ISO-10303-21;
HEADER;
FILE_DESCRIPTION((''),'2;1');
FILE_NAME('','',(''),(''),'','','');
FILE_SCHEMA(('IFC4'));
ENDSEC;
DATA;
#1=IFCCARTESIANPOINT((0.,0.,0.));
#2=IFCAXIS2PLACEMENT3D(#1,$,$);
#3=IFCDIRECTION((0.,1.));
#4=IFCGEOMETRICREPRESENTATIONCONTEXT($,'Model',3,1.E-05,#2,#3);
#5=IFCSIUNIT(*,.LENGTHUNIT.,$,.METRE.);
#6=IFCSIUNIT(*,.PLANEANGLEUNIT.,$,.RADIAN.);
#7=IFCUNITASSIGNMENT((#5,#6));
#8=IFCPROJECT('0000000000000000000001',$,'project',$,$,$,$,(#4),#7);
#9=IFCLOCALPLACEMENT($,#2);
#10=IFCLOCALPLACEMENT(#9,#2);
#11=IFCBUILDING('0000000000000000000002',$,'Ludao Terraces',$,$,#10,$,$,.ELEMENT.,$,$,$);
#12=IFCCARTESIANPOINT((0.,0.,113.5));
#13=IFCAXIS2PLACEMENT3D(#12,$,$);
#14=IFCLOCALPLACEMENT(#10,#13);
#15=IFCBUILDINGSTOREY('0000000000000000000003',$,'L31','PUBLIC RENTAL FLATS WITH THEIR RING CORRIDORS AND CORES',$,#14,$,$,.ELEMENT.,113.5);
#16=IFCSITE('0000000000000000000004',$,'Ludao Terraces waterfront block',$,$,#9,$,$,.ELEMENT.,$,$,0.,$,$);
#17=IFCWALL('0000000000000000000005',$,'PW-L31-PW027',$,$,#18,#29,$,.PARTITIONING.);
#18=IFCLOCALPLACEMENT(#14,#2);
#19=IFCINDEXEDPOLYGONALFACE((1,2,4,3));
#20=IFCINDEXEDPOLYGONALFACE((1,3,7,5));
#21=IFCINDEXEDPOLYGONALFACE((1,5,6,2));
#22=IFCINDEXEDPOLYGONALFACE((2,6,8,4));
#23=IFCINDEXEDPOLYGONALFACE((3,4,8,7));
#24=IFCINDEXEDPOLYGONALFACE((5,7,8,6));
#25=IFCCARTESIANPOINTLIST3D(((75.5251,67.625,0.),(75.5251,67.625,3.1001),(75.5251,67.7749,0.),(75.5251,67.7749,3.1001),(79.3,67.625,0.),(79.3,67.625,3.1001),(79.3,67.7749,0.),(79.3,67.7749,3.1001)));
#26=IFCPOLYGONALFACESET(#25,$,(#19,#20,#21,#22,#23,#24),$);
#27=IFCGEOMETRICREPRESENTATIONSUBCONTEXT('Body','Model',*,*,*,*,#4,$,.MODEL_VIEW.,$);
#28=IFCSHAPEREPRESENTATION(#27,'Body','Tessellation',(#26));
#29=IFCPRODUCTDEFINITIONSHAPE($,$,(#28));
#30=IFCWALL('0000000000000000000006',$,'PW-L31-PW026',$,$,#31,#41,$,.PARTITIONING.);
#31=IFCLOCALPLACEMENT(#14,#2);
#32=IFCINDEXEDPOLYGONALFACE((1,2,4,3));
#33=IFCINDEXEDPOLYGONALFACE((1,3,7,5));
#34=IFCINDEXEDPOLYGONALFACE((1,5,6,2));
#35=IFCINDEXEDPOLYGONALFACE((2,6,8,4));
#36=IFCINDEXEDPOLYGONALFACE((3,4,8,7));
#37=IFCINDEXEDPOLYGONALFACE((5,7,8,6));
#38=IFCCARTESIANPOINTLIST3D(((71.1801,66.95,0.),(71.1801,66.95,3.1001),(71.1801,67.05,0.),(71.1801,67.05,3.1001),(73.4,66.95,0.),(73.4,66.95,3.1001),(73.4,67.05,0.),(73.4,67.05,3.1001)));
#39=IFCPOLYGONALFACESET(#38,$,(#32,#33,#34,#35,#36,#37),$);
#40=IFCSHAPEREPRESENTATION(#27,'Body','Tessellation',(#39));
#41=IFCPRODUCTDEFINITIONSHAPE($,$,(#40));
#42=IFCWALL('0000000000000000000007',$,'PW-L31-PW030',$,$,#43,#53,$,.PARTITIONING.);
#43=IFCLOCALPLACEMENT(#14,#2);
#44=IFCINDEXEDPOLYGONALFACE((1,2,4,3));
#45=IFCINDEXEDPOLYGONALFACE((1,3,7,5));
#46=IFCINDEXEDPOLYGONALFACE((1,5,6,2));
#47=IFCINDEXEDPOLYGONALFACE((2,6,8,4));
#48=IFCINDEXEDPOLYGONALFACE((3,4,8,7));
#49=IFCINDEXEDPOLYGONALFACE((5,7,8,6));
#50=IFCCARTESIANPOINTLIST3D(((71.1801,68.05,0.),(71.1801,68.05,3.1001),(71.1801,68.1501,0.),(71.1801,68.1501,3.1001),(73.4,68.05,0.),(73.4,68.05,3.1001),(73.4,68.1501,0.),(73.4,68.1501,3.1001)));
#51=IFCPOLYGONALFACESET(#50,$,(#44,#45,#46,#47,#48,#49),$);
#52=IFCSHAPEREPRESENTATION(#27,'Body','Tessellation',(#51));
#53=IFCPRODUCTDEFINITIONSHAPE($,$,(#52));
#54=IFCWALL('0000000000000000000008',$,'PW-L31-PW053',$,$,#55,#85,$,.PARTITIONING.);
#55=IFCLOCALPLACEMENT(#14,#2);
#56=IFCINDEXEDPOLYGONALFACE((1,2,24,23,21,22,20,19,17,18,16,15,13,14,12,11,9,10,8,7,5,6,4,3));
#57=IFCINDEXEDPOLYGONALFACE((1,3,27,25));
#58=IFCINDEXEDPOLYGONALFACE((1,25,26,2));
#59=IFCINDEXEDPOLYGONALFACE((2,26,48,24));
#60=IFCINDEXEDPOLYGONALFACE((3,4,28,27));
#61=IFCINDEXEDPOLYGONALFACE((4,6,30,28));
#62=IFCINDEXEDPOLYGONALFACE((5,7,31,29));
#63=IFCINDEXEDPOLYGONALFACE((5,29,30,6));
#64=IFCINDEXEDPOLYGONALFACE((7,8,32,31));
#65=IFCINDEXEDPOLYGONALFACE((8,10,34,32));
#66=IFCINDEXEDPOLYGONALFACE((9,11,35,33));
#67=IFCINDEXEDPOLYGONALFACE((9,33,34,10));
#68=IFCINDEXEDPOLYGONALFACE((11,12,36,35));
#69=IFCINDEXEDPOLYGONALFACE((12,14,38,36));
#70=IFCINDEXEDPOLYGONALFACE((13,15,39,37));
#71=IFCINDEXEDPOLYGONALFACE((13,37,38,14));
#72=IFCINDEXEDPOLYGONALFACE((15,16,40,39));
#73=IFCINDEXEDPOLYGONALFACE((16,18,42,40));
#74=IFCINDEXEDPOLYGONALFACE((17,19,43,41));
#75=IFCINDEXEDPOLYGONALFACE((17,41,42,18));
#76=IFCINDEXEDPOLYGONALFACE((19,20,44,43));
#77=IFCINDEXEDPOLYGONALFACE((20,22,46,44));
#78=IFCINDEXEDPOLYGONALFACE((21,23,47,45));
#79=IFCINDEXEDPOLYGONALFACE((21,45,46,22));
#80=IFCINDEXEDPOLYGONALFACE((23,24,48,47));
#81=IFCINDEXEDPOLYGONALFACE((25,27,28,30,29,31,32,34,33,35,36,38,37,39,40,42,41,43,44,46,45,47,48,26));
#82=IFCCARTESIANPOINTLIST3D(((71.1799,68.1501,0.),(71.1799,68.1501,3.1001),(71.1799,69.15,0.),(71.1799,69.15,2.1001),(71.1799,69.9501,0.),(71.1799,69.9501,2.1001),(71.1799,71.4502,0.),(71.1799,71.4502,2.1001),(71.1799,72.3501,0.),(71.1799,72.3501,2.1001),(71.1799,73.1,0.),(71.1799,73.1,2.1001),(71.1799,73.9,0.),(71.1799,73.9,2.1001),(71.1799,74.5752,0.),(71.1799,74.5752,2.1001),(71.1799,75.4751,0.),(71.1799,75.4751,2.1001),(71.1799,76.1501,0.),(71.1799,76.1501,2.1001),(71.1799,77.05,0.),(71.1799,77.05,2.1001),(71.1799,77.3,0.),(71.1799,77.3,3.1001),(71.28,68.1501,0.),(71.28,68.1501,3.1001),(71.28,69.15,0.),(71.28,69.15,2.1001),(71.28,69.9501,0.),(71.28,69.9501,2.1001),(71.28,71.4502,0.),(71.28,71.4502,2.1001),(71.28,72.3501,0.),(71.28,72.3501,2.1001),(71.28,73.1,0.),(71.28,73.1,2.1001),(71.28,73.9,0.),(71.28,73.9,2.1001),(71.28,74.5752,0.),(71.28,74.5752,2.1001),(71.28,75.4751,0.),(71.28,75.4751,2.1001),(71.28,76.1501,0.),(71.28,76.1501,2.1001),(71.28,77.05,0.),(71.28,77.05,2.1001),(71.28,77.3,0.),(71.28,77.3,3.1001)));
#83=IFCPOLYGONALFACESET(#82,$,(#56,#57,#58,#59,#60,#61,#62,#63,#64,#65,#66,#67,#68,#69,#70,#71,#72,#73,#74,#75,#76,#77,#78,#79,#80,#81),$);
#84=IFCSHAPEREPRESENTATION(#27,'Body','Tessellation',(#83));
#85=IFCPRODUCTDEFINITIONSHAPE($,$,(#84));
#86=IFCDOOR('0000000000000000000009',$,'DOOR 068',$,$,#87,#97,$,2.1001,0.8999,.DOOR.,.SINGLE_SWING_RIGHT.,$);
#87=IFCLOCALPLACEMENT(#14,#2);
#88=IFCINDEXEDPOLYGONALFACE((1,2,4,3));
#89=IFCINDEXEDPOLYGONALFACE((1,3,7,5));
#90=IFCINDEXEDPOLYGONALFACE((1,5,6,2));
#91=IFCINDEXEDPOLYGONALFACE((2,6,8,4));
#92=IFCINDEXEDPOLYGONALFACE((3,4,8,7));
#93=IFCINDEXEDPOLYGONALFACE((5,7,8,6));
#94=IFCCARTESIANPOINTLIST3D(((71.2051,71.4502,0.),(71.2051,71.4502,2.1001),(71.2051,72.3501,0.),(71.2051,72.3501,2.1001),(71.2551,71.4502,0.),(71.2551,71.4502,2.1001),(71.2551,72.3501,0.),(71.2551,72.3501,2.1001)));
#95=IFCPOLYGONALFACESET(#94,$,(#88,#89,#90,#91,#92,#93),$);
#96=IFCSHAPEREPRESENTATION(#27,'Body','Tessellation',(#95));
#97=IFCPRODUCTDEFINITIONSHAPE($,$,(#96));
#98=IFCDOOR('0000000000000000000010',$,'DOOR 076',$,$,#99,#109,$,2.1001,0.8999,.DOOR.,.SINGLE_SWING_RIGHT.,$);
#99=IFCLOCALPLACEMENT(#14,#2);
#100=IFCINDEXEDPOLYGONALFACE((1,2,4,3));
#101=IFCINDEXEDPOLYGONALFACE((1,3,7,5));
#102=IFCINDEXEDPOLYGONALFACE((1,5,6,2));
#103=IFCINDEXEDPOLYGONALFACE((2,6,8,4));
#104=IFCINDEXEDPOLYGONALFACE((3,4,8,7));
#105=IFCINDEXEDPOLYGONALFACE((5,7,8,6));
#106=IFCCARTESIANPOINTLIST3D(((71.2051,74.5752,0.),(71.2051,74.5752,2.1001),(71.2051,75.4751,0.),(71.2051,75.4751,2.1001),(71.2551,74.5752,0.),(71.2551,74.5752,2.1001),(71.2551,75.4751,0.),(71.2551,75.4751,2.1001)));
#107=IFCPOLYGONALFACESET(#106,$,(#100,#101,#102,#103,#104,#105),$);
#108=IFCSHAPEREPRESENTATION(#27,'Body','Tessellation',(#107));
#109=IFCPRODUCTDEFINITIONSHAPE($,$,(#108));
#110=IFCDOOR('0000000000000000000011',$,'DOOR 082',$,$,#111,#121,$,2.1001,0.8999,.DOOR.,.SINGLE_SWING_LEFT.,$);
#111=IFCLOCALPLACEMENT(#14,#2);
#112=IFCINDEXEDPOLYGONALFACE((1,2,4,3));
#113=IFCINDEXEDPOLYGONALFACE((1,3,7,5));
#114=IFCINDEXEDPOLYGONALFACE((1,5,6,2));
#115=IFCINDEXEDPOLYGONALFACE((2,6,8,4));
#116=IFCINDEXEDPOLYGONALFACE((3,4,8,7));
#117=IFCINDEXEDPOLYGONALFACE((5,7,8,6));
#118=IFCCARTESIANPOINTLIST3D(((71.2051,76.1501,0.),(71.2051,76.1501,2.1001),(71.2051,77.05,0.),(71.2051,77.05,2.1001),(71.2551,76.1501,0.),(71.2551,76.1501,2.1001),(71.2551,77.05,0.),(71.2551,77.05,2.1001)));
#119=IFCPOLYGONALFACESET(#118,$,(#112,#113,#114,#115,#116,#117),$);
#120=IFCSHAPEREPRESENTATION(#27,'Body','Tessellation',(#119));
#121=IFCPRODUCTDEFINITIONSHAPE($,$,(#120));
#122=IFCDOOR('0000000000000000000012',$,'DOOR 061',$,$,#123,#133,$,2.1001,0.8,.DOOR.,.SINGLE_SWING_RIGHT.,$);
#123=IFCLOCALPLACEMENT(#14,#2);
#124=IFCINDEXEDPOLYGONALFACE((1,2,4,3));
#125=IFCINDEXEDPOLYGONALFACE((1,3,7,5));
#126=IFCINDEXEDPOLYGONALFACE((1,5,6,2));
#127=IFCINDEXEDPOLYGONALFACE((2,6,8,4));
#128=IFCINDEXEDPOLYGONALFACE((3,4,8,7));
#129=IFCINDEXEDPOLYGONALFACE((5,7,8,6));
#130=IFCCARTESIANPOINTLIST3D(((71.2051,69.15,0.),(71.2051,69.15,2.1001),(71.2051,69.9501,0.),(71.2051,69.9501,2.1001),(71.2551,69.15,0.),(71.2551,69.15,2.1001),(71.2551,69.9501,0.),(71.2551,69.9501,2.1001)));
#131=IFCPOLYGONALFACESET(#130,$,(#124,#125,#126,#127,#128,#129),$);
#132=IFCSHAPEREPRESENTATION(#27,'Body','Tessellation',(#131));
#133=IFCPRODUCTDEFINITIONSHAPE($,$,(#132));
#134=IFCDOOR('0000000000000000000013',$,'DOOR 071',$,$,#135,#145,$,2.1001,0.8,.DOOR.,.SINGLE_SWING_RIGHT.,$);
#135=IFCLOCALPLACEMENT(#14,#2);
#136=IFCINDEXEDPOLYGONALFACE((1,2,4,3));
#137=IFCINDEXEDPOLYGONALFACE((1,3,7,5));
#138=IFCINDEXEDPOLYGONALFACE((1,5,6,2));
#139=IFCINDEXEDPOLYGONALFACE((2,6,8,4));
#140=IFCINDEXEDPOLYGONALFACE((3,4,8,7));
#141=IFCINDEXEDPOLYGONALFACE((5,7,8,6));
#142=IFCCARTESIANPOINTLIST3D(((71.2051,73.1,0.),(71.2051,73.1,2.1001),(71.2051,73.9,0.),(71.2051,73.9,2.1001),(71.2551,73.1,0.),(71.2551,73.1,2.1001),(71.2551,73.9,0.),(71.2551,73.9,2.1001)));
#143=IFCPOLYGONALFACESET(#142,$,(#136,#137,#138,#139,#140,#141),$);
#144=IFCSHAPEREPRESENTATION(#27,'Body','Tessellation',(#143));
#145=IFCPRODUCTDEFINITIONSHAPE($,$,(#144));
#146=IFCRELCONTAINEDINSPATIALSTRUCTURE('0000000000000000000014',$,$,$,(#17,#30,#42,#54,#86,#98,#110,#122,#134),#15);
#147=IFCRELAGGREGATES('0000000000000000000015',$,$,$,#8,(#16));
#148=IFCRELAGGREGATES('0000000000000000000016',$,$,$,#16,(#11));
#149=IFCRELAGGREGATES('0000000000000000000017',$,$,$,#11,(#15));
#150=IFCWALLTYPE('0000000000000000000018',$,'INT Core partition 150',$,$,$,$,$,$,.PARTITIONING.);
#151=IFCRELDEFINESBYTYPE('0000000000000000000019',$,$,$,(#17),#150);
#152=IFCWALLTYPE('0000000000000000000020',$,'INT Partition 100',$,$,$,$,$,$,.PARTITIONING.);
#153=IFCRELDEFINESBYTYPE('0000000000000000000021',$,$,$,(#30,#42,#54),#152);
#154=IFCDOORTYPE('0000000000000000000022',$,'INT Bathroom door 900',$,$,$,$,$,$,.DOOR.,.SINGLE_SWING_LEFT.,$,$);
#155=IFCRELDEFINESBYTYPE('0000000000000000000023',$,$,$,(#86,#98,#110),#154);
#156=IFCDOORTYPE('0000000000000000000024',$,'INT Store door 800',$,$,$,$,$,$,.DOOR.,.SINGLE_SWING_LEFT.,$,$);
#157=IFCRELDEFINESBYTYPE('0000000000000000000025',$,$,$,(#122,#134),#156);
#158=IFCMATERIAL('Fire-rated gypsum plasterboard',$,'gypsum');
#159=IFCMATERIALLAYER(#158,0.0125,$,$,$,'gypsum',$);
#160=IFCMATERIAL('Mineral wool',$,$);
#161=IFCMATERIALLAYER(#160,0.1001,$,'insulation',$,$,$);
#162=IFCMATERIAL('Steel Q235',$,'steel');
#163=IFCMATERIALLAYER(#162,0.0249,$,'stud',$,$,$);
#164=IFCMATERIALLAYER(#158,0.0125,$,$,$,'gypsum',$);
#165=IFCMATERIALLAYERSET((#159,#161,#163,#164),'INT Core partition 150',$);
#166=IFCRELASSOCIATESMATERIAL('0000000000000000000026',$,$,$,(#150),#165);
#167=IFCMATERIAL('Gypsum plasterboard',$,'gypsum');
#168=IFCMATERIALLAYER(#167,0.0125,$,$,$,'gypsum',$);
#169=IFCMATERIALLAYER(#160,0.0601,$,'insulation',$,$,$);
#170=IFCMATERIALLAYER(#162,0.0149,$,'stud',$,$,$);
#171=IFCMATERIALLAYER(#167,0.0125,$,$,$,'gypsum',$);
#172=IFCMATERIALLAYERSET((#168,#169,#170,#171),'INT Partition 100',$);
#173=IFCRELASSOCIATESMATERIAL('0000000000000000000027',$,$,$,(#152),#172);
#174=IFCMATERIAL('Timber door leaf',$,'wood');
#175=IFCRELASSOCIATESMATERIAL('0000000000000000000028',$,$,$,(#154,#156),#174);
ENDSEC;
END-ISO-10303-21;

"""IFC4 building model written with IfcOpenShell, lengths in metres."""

from ifc_helpers import new_model, si_unit, direction, frame, frame_2d, origin, place, context, subcontext, project, spatial, rectangle, extrude, material, layer, layer_set, type_object, element, fill, save


model = new_model("IFC4")

# Units and contexts
model_context = context("Model", 3, precision=1e-05, world=origin(), true_north=direction((0.0, 1.0)))
body_context = subcontext(model_context, "Body", "Model", "MODEL_VIEW")
ifc_project = project(units=[si_unit("LENGTHUNIT", "METRE"), si_unit("PLANEANGLEUNIT", "RADIAN")], contexts=[model_context])

# Site, building, storey
site_placement = place(None, origin())
site = spatial("IfcSite", under=ifc_project, at=site_placement, Name="Ludao Terraces waterfront block", CompositionType="ELEMENT", RefElevation=0.0)
building_placement = place(site_placement, origin())
building = spatial("IfcBuilding", under=site, at=building_placement, Name="Ludao Terraces", CompositionType="ELEMENT")
storey_placement = place(building_placement, frame((0.0, 0.0, 113.5)))
storey = spatial("IfcBuildingStorey", under=building, at=storey_placement, Name="L31", Description="PUBLIC RENTAL FLATS WITH THEIR RING CORRIDORS AND CORES", CompositionType="ELEMENT", Elevation=113.5)

# Walls
ifc_material_1 = material(Name="Fire-rated gypsum plasterboard", Category="gypsum")
ifc_layer_1 = layer(ifc_material_1, 0.0125, Category="gypsum")
ifc_material_2 = material(Name="Mineral wool")
ifc_layer_2 = layer(ifc_material_2, 0.1001, Name="insulation")
ifc_material_3 = material(Name="Steel Q235", Category="steel")
ifc_layer_3 = layer(ifc_material_3, 0.0249, Name="stud")
ifc_layer_4 = layer(ifc_material_1, 0.0125, Category="gypsum")
ifc_layer_set_1 = layer_set([ifc_layer_1, ifc_layer_2, ifc_layer_3, ifc_layer_4], Name="INT Core partition 150")
wall_type_1 = type_object("IfcWallType", Name="INT Core partition 150", PredefinedType="PARTITIONING", material=ifc_layer_set_1)
wall_1_placement = place(storey_placement, frame((75.5251, 67.7, 0.0), z_axis=(0.0, 0.0, 1.0), x_axis=(1.0, 0.0, 0.0)))
element("IfcWall", 1, at=wall_1_placement, inside=storey, type_object=wall_type_1, Name="PW-L31-PW027", PredefinedType="PARTITIONING", context=body_context, shape_type="SweptSolid", body=[
    extrude(rectangle(XDim=3.7749, YDim=0.1499, at=frame_2d((1.8875, 0.0))), origin(), (0.0, 0.0, 1.0), 3.1001),
])
ifc_material_4 = material(Name="Gypsum plasterboard", Category="gypsum")
ifc_layer_5 = layer(ifc_material_4, 0.0125, Category="gypsum")
ifc_layer_6 = layer(ifc_material_2, 0.0601, Name="insulation")
ifc_layer_7 = layer(ifc_material_3, 0.0149, Name="stud")
ifc_layer_8 = layer(ifc_material_4, 0.0125, Category="gypsum")
ifc_layer_set_2 = layer_set([ifc_layer_5, ifc_layer_6, ifc_layer_7, ifc_layer_8], Name="INT Partition 100")
wall_type_2 = type_object("IfcWallType", Name="INT Partition 100", PredefinedType="PARTITIONING", material=ifc_layer_set_2)
for number, where, z_axis, x_axis, name in (
    (2, (71.1802, 67.0, 0.0), (0.0, 0.0, 1.0), (1.0, 0.0, 0.0), "PW-L31-PW026"),
    (3, (71.1802, 68.1001, 0.0), (0.0, 0.0, 1.0), (1.0, 0.0, 0.0), "PW-L31-PW030"),
):
    element("IfcWall", number, at=place(storey_placement, frame(where, z_axis=z_axis, x_axis=x_axis)), inside=storey, type_object=wall_type_2, Name=name, PredefinedType="PARTITIONING", context=body_context, shape_type="SweptSolid", body=[
        extrude(rectangle(XDim=2.22, YDim=0.1001, at=frame_2d((1.1099, 0.0))), origin(), (0.0, 0.0, 1.0), 3.1001),
    ])

# Wall, openings, doors
wall_2_placement = place(storey_placement, frame((71.23, 68.1501, 0.0), z_axis=(0.0, 0.0, 1.0), x_axis=(0.0, 1.0, 0.0)))
wall_2 = element("IfcWall", 4, at=wall_2_placement, inside=storey, type_object=wall_type_2, Name="PW-L31-PW053", PredefinedType="PARTITIONING", context=body_context, shape_type="SweptSolid", body=[
    extrude(rectangle(XDim=9.1499, YDim=0.1001, at=frame_2d((4.575, 0.0))), origin(), (0.0, 0.0, 1.0), 3.1001),
])
opening_1_placement = place(wall_2_placement, frame((1.0, 0.0, 0.0)))
opening_1 = element("IfcOpeningElement", 5, at=opening_1_placement, cuts=wall_2, PredefinedType="OPENING", context=body_context, shape_type="SweptSolid", body=[
    extrude(rectangle(XDim=0.8, YDim=2.1001, at=frame_2d((0.3999, 1.05))), frame((0.0, 0.0601, 0.0), z_axis=(0.0, -1.0, 0.0), x_axis=(1.0, 0.0, 0.0)), (0.0, 0.0, 1.0), 0.1201),
])
opening_2_placement = place(wall_2_placement, frame((3.3, 0.0, 0.0)))
opening_2 = element("IfcOpeningElement", 6, at=opening_2_placement, cuts=wall_2, PredefinedType="OPENING", context=body_context, shape_type="SweptSolid", body=[
    extrude(rectangle(XDim=0.8999, YDim=2.1001, at=frame_2d((0.45, 1.05))), frame((0.0, 0.0601, 0.0), z_axis=(0.0, -1.0, 0.0), x_axis=(1.0, 0.0, 0.0)), (0.0, 0.0, 1.0), 0.1201),
])
opening_3_placement = place(wall_2_placement, frame((4.95, 0.0, 0.0)))
opening_3 = element("IfcOpeningElement", 7, at=opening_3_placement, cuts=wall_2, PredefinedType="OPENING", context=body_context, shape_type="SweptSolid", body=[
    extrude(rectangle(XDim=0.8, YDim=2.1001, at=frame_2d((0.3999, 1.05))), frame((0.0, 0.0601, 0.0), z_axis=(0.0, -1.0, 0.0), x_axis=(1.0, 0.0, 0.0)), (0.0, 0.0, 1.0), 0.1201),
])
opening_4_placement = place(wall_2_placement, frame((6.425, 0.0, 0.0)))
opening_4 = element("IfcOpeningElement", 8, at=opening_4_placement, cuts=wall_2, PredefinedType="OPENING", context=body_context, shape_type="SweptSolid", body=[
    extrude(rectangle(XDim=0.8999, YDim=2.1001, at=frame_2d((0.45, 1.05))), frame((0.0, 0.0601, 0.0), z_axis=(0.0, -1.0, 0.0), x_axis=(1.0, 0.0, 0.0)), (0.0, 0.0, 1.0), 0.1201),
])
opening_5_placement = place(wall_2_placement, frame((8.0, 0.0, 0.0)))
opening_5 = element("IfcOpeningElement", 9, at=opening_5_placement, cuts=wall_2, PredefinedType="OPENING", context=body_context, shape_type="SweptSolid", body=[
    extrude(rectangle(XDim=0.8999, YDim=2.1001, at=frame_2d((0.45, 1.05))), frame((0.0, 0.0601, 0.0), z_axis=(0.0, -1.0, 0.0), x_axis=(1.0, 0.0, 0.0)), (0.0, 0.0, 1.0), 0.1201),
])
ifc_material_5 = material(Name="Timber door leaf", Category="wood")
door_type_1 = type_object("IfcDoorType", Name="INT Bathroom door 900", OperationType="SINGLE_SWING_LEFT", PredefinedType="DOOR", material=ifc_material_5)
door_1_placement = place(opening_2_placement, origin())
door_1 = element("IfcDoor", 10, at=door_1_placement, inside=storey, type_object=door_type_1, Name="DOOR 068", OperationType="SINGLE_SWING_RIGHT", OverallHeight=2.1001, OverallWidth=0.8999, PredefinedType="DOOR", context=body_context, shape_type="SweptSolid", body=[
    extrude(rectangle(XDim=0.8999, YDim=2.1001, at=frame_2d((0.45, 1.05))), frame((0.0, 0.0249, 0.0), z_axis=(0.0, -1.0, 0.0), x_axis=(1.0, 0.0, 0.0)), (0.0, 0.0, 1.0), 0.05),
])
fill(opening_2, door_1)
door_2_placement = place(opening_4_placement, origin())
door_2 = element("IfcDoor", 11, at=door_2_placement, inside=storey, type_object=door_type_1, Name="DOOR 076", OperationType="SINGLE_SWING_RIGHT", OverallHeight=2.1001, OverallWidth=0.8999, PredefinedType="DOOR", context=body_context, shape_type="SweptSolid", body=[
    extrude(rectangle(XDim=0.8999, YDim=2.1001, at=frame_2d((0.45, 1.05))), frame((0.0, 0.0249, 0.0), z_axis=(0.0, -1.0, 0.0), x_axis=(1.0, 0.0, 0.0)), (0.0, 0.0, 1.0), 0.05),
])
fill(opening_4, door_2)
door_3_placement = place(opening_5_placement, origin())
door_3 = element("IfcDoor", 12, at=door_3_placement, inside=storey, type_object=door_type_1, Name="DOOR 082", OperationType="SINGLE_SWING_LEFT", OverallHeight=2.1001, OverallWidth=0.8999, PredefinedType="DOOR", context=body_context, shape_type="SweptSolid", body=[
    extrude(rectangle(XDim=0.8999, YDim=2.1001, at=frame_2d((0.45, 1.05))), frame((0.0, 0.0249, 0.0), z_axis=(0.0, -1.0, 0.0), x_axis=(1.0, 0.0, 0.0)), (0.0, 0.0, 1.0), 0.05),
])
fill(opening_5, door_3)
door_type_2 = type_object("IfcDoorType", Name="INT Store door 800", OperationType="SINGLE_SWING_LEFT", PredefinedType="DOOR", material=ifc_material_5)
door_4_placement = place(opening_1_placement, origin())
door_4 = element("IfcDoor", 13, at=door_4_placement, inside=storey, type_object=door_type_2, Name="DOOR 061", OperationType="SINGLE_SWING_RIGHT", OverallHeight=2.1001, OverallWidth=0.8, PredefinedType="DOOR", context=body_context, shape_type="SweptSolid", body=[
    extrude(rectangle(XDim=0.8, YDim=2.1001, at=frame_2d((0.3999, 1.05))), frame((0.0, 0.0249, 0.0), z_axis=(0.0, -1.0, 0.0), x_axis=(1.0, 0.0, 0.0)), (0.0, 0.0, 1.0), 0.05),
])
fill(opening_1, door_4)
door_5_placement = place(opening_3_placement, origin())
door_5 = element("IfcDoor", 14, at=door_5_placement, inside=storey, type_object=door_type_2, Name="DOOR 071", OperationType="SINGLE_SWING_RIGHT", OverallHeight=2.1001, OverallWidth=0.8, PredefinedType="DOOR", context=body_context, shape_type="SweptSolid", body=[
    extrude(rectangle(XDim=0.8, YDim=2.1001, at=frame_2d((0.3999, 1.05))), frame((0.0, 0.0249, 0.0), z_axis=(0.0, -1.0, 0.0), x_axis=(1.0, 0.0, 0.0)), (0.0, 0.0, 1.0), 0.05),
])
fill(opening_3, door_5)

save(model, "model.ifc")
